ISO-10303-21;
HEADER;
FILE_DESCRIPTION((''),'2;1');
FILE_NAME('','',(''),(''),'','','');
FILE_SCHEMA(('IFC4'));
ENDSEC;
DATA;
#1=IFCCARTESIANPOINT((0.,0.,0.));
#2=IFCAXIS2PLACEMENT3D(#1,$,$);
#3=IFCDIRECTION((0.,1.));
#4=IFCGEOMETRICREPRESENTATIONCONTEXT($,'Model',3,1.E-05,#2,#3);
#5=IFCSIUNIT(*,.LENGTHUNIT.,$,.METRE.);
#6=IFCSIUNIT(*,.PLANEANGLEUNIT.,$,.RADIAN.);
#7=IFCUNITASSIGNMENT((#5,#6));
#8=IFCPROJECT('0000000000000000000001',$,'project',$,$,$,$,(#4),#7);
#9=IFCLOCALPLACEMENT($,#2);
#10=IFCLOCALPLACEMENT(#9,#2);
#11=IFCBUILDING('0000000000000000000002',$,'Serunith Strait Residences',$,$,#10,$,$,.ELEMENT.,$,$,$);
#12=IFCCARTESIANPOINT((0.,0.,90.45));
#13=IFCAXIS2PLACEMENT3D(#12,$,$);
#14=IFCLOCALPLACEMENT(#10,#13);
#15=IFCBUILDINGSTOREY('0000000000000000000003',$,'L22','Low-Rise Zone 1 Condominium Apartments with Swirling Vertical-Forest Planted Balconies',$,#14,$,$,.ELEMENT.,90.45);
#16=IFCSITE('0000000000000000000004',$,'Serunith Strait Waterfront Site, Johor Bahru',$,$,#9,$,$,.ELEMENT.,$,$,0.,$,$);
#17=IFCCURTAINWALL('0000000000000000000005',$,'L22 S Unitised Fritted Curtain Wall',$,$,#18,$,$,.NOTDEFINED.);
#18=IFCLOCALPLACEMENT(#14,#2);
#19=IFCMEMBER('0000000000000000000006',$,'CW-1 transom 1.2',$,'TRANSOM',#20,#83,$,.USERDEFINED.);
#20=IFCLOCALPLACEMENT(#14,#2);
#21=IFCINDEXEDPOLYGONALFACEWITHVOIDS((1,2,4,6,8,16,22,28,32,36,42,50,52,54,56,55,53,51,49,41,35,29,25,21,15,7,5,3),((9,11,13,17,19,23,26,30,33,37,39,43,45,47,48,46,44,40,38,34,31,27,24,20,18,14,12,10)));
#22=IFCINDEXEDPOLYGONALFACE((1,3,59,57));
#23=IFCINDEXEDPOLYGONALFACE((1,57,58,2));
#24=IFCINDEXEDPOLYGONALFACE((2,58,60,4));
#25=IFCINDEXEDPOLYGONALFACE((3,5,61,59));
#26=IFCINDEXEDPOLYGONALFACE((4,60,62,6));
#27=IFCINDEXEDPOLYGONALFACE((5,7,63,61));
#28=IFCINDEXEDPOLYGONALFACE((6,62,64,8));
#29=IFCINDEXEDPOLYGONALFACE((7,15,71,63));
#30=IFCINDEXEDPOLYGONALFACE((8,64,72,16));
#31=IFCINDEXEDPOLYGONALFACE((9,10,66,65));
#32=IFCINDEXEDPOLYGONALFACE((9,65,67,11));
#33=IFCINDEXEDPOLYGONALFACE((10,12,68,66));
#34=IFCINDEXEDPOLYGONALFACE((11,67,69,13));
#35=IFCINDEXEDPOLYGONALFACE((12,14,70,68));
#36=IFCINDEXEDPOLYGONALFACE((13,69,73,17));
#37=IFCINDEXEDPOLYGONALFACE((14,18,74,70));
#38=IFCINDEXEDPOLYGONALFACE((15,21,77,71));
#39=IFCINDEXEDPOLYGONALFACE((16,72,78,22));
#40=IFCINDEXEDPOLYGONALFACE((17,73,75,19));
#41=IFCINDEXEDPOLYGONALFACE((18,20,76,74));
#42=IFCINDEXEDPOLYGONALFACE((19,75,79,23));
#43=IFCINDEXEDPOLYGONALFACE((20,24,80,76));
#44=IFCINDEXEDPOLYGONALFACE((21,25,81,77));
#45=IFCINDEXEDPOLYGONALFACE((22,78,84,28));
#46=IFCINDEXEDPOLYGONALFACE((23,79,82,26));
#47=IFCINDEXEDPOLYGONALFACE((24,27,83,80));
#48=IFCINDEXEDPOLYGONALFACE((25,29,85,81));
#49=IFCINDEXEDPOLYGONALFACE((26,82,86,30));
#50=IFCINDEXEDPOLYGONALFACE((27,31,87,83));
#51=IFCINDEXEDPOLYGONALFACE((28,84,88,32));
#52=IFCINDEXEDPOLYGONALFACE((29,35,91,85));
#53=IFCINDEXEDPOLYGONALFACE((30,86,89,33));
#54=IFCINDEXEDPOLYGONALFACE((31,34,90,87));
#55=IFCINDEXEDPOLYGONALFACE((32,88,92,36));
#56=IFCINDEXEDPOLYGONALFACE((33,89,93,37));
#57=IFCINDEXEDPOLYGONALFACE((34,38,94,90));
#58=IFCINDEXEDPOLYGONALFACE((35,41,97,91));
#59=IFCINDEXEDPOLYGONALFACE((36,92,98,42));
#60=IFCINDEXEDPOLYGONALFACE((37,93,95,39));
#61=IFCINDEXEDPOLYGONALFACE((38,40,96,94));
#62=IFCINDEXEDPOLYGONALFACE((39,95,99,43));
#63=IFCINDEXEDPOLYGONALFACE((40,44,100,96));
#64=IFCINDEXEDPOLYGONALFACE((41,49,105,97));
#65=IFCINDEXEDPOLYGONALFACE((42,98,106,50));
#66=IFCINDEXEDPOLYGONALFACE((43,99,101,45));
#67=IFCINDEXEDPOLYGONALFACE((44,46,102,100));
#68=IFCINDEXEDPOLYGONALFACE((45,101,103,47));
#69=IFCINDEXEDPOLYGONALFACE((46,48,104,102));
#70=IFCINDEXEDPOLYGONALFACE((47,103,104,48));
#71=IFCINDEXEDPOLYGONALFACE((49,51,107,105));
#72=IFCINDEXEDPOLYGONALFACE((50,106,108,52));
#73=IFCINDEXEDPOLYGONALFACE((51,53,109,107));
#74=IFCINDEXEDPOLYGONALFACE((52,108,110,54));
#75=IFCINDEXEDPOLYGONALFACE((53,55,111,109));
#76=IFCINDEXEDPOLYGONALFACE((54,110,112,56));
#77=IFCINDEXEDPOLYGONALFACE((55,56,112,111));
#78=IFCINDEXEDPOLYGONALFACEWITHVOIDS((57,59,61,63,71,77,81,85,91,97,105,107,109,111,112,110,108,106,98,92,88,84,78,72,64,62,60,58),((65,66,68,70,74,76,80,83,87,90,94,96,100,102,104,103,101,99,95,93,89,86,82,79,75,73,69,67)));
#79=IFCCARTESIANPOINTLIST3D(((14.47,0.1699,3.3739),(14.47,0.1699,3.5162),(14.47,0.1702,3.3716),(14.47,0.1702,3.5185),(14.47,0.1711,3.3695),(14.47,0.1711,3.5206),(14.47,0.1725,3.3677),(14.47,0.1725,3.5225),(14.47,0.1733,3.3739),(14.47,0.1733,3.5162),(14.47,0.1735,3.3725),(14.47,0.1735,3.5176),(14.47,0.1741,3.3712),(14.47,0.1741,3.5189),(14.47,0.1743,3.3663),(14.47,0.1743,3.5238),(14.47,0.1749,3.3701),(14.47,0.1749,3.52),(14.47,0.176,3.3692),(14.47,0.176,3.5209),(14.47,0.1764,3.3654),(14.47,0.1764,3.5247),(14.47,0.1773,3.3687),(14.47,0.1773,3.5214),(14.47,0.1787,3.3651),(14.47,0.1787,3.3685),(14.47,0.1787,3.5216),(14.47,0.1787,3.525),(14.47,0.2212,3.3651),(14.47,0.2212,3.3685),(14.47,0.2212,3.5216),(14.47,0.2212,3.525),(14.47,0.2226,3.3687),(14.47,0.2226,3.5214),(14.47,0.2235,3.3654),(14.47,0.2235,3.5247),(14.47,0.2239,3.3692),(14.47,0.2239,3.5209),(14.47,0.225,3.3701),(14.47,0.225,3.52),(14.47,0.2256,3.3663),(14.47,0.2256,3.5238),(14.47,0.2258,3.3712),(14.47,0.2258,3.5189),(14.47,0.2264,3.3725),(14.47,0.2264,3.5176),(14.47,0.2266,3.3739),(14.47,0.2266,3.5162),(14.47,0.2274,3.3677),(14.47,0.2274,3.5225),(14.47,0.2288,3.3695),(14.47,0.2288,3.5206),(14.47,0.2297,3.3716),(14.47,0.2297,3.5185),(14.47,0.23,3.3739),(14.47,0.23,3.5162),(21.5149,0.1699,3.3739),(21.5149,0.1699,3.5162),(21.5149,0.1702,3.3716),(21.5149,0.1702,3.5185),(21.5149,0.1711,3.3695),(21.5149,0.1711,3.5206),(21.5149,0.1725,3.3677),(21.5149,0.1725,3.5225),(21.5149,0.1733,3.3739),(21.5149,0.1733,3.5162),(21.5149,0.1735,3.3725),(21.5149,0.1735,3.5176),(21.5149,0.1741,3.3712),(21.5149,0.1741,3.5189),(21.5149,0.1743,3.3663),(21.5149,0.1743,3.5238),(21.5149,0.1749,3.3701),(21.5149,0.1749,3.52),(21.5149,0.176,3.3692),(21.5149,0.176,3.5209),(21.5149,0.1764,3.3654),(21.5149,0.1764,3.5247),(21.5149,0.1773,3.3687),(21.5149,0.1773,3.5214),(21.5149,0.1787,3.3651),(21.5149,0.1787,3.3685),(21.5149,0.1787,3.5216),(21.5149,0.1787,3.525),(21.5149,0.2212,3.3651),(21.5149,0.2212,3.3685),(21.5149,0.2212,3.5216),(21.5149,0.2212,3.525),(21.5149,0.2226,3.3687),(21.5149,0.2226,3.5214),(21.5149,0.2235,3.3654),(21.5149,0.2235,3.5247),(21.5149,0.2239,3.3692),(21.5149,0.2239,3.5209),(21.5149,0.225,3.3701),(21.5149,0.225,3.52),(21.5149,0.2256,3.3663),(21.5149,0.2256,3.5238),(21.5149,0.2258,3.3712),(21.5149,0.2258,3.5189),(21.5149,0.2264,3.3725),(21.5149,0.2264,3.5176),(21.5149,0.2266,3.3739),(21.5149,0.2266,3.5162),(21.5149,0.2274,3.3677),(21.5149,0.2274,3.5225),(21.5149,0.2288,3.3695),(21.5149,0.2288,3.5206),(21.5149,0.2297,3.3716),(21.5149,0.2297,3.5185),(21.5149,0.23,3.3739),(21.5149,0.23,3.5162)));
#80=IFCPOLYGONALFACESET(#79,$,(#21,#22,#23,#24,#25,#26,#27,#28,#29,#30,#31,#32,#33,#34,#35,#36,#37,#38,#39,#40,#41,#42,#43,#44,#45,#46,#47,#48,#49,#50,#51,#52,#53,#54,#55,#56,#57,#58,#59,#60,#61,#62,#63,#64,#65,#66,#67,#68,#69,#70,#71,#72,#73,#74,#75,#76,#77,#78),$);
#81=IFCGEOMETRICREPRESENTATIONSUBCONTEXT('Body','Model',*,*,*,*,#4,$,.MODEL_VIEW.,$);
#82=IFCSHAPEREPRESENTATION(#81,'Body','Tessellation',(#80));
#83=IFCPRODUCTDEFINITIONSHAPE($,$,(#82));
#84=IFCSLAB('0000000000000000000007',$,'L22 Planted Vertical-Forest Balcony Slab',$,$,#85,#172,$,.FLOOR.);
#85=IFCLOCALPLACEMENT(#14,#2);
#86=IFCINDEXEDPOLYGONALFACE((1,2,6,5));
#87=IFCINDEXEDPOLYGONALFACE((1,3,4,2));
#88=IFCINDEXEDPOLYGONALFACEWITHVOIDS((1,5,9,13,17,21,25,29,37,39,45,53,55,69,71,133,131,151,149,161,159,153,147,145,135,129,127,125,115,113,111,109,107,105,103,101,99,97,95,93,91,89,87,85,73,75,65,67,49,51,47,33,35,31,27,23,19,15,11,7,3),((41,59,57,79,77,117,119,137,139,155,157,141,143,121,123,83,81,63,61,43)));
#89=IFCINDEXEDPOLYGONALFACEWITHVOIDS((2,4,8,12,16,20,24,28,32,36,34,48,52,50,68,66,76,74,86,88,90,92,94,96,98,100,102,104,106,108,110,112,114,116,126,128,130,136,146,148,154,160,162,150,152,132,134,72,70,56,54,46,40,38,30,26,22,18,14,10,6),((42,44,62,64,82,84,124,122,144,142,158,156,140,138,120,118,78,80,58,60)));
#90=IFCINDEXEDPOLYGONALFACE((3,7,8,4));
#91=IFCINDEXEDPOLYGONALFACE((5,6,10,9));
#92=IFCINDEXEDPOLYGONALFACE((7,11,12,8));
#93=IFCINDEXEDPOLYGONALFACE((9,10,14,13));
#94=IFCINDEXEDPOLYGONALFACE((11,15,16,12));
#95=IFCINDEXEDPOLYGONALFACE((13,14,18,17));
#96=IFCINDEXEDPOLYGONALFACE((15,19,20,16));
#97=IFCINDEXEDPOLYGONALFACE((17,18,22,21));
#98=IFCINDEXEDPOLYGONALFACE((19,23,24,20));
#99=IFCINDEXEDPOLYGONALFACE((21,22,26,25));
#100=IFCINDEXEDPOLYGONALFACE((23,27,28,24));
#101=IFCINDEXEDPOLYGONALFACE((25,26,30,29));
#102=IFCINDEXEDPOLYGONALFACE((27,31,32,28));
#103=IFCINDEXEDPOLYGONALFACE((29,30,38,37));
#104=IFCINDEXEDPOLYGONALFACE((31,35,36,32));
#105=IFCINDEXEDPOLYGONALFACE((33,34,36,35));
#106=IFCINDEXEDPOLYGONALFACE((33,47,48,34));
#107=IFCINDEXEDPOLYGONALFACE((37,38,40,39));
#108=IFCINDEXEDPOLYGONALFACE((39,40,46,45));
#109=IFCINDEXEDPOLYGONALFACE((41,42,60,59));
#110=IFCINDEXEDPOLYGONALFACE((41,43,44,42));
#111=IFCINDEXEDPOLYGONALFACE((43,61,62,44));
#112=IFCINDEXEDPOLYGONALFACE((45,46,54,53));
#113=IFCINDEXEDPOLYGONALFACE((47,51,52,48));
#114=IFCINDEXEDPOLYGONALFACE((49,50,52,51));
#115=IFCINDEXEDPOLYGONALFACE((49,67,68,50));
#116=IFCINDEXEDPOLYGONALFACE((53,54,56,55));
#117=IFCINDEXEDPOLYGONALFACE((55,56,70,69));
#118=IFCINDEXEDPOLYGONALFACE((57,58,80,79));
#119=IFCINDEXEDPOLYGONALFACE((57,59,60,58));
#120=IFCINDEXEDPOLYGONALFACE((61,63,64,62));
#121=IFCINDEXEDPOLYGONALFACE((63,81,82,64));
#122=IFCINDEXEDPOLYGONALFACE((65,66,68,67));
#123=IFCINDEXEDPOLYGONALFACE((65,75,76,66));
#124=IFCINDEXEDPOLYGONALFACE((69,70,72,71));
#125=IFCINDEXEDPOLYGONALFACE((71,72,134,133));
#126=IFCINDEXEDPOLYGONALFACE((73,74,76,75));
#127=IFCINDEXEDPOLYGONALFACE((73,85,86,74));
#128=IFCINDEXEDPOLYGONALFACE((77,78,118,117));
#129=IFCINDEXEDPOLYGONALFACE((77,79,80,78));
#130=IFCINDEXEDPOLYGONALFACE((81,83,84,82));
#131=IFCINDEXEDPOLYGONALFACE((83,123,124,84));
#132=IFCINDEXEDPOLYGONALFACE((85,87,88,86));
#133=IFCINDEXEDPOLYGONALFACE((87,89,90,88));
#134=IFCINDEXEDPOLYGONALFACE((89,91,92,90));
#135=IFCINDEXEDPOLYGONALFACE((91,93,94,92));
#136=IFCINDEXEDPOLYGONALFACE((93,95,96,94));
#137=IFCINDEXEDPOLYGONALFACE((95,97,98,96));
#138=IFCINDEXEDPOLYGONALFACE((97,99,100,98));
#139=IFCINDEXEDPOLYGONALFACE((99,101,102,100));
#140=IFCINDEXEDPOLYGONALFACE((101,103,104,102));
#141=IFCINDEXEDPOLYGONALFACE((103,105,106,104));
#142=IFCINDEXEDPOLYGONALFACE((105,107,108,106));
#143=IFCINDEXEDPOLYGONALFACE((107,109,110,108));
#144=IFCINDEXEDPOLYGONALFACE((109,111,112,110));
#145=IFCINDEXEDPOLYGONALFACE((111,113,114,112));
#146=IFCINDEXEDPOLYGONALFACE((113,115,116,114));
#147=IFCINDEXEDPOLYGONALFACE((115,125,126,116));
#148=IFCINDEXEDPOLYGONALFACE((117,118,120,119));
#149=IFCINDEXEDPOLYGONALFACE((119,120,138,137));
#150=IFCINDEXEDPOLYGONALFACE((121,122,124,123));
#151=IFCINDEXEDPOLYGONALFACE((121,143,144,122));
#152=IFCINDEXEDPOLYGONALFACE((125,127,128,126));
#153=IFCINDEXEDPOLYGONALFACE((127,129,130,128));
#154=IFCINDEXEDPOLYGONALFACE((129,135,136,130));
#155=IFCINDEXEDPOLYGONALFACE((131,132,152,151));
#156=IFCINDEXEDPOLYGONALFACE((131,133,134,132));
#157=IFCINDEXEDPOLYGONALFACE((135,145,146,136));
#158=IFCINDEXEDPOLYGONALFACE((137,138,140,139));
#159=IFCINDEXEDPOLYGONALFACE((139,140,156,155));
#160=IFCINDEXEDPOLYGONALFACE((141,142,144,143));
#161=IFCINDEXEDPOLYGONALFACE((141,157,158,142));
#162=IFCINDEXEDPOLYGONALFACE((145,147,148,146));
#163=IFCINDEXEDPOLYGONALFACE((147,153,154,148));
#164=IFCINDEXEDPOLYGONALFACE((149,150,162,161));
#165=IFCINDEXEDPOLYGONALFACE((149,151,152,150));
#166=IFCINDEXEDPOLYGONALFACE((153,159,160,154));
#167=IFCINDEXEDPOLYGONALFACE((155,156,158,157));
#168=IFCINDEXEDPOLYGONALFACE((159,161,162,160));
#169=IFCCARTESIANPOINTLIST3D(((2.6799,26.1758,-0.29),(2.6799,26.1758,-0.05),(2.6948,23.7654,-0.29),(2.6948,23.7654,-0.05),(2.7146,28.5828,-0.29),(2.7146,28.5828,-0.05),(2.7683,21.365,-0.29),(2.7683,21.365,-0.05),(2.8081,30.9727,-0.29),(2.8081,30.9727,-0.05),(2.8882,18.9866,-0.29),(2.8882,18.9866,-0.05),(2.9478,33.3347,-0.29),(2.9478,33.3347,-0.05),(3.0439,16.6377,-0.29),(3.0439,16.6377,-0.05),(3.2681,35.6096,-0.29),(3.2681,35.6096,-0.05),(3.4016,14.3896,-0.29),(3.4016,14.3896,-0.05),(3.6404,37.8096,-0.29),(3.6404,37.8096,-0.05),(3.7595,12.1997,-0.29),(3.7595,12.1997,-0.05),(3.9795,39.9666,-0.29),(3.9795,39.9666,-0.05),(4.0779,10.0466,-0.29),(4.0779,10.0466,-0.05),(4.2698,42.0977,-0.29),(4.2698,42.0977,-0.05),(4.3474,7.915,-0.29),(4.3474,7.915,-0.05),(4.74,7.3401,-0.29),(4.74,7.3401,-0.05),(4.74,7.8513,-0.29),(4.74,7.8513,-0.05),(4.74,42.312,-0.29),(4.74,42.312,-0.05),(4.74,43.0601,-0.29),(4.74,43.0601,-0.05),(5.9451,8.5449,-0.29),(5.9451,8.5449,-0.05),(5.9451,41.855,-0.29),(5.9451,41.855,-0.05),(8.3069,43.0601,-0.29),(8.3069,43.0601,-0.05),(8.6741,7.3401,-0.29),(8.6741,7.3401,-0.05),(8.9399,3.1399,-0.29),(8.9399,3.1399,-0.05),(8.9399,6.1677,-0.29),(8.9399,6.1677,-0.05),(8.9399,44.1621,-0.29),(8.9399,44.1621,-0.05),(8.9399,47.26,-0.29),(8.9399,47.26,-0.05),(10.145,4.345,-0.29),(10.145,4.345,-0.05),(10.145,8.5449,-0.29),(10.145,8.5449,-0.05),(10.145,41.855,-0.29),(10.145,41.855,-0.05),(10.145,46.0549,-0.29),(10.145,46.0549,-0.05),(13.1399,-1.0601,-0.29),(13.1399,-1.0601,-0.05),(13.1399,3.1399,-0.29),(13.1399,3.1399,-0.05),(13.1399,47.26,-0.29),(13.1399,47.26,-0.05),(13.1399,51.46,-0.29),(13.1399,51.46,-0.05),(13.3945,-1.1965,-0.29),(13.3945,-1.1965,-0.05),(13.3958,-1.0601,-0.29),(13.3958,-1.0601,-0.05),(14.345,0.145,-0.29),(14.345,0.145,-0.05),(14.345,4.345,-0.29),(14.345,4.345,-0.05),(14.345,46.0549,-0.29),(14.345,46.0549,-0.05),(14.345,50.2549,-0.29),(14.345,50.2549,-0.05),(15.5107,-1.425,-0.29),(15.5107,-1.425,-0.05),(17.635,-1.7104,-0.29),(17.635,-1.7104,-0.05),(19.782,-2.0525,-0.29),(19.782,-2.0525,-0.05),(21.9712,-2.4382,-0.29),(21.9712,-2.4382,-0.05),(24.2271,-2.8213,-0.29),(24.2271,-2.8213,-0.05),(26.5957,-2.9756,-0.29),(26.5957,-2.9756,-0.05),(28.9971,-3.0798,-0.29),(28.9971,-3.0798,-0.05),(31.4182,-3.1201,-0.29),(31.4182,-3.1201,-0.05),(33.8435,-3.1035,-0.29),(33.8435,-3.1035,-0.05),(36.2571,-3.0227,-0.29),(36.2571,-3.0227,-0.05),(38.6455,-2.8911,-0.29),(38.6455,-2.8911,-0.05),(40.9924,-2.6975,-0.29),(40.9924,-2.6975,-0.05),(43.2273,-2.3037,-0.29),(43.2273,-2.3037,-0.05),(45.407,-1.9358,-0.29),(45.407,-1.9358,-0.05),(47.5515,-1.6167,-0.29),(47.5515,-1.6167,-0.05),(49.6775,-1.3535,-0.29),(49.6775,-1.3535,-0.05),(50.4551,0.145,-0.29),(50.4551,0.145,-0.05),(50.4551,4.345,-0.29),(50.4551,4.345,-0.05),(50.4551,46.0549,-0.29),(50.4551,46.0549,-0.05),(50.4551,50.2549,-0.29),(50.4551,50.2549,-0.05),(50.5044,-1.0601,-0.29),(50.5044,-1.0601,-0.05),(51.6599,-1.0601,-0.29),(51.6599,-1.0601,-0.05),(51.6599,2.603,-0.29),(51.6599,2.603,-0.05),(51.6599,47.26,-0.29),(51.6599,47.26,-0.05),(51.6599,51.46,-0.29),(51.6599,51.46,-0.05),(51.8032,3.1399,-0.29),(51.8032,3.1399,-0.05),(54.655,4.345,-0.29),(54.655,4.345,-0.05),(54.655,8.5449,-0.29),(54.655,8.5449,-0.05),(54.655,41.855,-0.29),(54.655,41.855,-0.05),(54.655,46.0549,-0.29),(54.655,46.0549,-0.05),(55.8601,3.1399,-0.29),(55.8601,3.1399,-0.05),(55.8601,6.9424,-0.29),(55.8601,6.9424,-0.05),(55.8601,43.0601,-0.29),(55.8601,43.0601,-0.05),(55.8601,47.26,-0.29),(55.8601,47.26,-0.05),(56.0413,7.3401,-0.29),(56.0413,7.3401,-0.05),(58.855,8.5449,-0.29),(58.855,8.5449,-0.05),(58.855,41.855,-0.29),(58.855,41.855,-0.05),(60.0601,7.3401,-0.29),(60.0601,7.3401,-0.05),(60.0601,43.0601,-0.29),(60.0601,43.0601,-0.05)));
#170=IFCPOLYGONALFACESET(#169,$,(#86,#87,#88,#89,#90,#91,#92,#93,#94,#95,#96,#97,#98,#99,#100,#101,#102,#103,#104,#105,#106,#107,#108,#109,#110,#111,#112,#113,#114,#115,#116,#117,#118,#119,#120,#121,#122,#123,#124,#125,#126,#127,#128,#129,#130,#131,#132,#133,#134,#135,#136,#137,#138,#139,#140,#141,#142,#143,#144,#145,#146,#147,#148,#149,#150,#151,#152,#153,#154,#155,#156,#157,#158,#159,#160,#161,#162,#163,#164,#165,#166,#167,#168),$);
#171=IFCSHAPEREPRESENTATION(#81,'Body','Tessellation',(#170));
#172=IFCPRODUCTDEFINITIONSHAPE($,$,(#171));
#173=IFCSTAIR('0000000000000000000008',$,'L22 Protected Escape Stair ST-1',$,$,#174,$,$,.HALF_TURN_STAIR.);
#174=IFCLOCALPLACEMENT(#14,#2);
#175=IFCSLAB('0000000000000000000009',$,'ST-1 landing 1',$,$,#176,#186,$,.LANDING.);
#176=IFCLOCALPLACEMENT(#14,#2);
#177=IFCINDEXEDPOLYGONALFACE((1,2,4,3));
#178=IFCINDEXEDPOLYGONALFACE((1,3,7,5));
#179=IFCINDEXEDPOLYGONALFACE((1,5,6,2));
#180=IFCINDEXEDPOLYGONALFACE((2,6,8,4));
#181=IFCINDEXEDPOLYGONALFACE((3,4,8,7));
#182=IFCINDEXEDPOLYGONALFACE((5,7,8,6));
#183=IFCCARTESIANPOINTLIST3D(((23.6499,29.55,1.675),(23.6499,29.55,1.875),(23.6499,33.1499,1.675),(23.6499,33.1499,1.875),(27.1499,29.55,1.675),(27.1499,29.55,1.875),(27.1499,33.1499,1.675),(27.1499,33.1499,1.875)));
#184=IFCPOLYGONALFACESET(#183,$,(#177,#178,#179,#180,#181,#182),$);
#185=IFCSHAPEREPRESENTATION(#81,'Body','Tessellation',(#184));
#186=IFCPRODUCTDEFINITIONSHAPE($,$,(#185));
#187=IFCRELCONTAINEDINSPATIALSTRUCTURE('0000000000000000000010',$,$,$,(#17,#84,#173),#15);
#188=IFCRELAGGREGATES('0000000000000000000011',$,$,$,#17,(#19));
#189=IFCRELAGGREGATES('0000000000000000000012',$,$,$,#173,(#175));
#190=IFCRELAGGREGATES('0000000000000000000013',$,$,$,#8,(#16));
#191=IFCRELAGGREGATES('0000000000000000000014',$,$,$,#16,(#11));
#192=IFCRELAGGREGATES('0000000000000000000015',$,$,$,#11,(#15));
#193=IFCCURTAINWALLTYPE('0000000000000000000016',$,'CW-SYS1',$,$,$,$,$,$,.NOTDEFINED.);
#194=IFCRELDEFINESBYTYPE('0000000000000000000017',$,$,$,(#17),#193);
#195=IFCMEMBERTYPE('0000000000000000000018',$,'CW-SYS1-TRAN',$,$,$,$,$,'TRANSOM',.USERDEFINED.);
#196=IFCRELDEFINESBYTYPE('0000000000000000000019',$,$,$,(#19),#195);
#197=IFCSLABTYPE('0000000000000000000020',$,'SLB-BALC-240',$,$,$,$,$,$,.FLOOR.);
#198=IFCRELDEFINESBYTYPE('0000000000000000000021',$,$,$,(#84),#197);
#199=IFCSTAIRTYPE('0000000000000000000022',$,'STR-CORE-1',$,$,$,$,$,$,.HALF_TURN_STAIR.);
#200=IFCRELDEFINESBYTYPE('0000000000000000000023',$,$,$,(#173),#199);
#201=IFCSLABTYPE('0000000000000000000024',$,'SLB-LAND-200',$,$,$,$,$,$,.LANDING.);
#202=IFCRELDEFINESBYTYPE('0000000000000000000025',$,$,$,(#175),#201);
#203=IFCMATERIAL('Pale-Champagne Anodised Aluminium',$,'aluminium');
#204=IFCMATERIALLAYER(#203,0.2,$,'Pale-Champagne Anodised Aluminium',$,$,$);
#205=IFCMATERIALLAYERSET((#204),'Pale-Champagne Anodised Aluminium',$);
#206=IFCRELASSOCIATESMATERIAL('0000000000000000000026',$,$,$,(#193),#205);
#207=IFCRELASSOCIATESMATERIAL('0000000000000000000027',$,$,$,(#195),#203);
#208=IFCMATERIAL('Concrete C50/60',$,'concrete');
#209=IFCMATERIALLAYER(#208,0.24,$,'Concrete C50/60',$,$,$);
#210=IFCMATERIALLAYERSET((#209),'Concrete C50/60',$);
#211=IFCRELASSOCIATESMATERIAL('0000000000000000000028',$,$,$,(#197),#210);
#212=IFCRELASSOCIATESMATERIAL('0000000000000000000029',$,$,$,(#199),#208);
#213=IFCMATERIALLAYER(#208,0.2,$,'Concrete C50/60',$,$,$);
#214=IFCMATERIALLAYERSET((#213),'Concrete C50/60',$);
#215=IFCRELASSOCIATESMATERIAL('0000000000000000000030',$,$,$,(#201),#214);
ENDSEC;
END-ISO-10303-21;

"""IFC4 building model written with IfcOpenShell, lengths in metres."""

from ifc_helpers import new_model, si_unit, direction, frame, origin, origin_2d, place, context, subcontext, project, spatial, polyline, hollow_rectangle, outline, extrude, source, transform, mapped, material, layer, layer_set, material_profile, profile_set, type_object, element, aggregate, save


model = new_model("IFC4")

# Units and contexts
model_context = context("Model", 3, precision=1e-05, world=origin(), true_north=direction((0.0, 1.0)))
body_context = subcontext(model_context, "Body", "Model", "MODEL_VIEW")
ifc_project = project(units=[si_unit("LENGTHUNIT", "METRE"), si_unit("PLANEANGLEUNIT", "RADIAN")], contexts=[model_context])

# Site, building, storey
site_placement = place(None, origin())
site = spatial("IfcSite", under=ifc_project, at=site_placement, Name="Serunith Strait Waterfront Site, Johor Bahru", CompositionType="ELEMENT", RefElevation=0.0)
building_placement = place(site_placement, origin())
building = spatial("IfcBuilding", under=site, at=building_placement, Name="Serunith Strait Residences", CompositionType="ELEMENT")
storey_placement = place(building_placement, frame((0.0, 0.0, 90.45)))
storey = spatial("IfcBuildingStorey", under=building, at=storey_placement, Name="L22", Description="Low-Rise Zone 1 Condominium Apartments with Swirling Vertical-Forest Planted Balconies", CompositionType="ELEMENT", Elevation=90.45)

# Curtain wall
ifc_material_1 = material(Name="Pale-Champagne Anodised Aluminium", Category="aluminium")
ifc_layer_1 = layer(ifc_material_1, 0.2, Name="Pale-Champagne Anodised Aluminium")
ifc_layer_set_1 = layer_set([ifc_layer_1], Name="Pale-Champagne Anodised Aluminium")
curtain_wall_type = type_object("IfcCurtainWallType", Name="CW-SYS1", PredefinedType="NOTDEFINED", material=ifc_layer_set_1)
curtain_wall_1_placement = place(storey_placement, origin())
curtain_wall_1 = element("IfcCurtainWall", 1, at=curtain_wall_1_placement, inside=storey, type_object=curtain_wall_type, Name="L22 S Unitised Fritted Curtain Wall", PredefinedType="NOTDEFINED")

# Member
ifc_material_profile_1 = material_profile(ifc_material_1, hollow_rectangle(XDim=0.0601, YDim=0.1599, WallThickness=0.0034, InnerFilletRadius=0.0054, OuterFilletRadius=0.0088, at=origin_2d()), Name="ALU 160x60x3.5")
ifc_profile_set_1 = profile_set([ifc_material_profile_1], Name="Pale-Champagne Anodised Aluminium")
member_type_1 = type_object("IfcMemberType", Name="CW-SYS1-TRAN", ElementType="TRANSOM", PredefinedType="USERDEFINED", material=ifc_profile_set_1)
shared_shape_1 = source(origin(), body_context, "Body", "SweptSolid", [
    extrude(hollow_rectangle(XDim=0.0601, YDim=0.1599, WallThickness=0.0034, InnerFilletRadius=0.0054, OuterFilletRadius=0.0088, at=origin_2d()), origin(), (0.0, 0.0, 1.0), 7.0449),
])
member_1_placement = place(storey_placement, frame((14.47, 0.2, 3.4451), z_axis=(1.0, 0.0, 0.0), x_axis=(0.0, 1.0, 0.0)))
member_1 = element("IfcMember", 2, at=member_1_placement, type_object=member_type_1, Name="CW-1 transom 1.2", ObjectType="TRANSOM", PredefinedType="USERDEFINED", context=body_context, shape_type="MappedRepresentation", body=[
    mapped(shared_shape_1, transform((0.0, 0.0, 0.0), scale=1.0)),
])
aggregate(curtain_wall_1, [member_1])

# Slab
ifc_material_2 = material(Name="Concrete C50/60", Category="concrete")
ifc_layer_2 = layer(ifc_material_2, 0.24, Name="Concrete C50/60")
ifc_layer_set_2 = layer_set([ifc_layer_2], Name="Concrete C50/60")
slab_type_1 = type_object("IfcSlabType", Name="SLB-BALC-240", PredefinedType="FLOOR", material=ifc_layer_set_2)
slab_1_placement = place(storey_placement, frame((0.0, 0.0, -0.29)))
element("IfcSlab", 3, at=slab_1_placement, inside=storey, type_object=slab_type_1, Name="L22 Planted Vertical-Forest Balcony Slab", PredefinedType="FLOOR", context=body_context, shape_type="SweptSolid", body=[
    extrude(outline(polyline([(13.1399, 3.1399), (8.9399, 3.1399), (8.9399, 6.1677), (8.6741, 7.3401), (4.74, 7.3401), (4.74, 7.8513), (4.3474, 7.915), (4.0779, 10.0466), (3.7595, 12.1997), (3.4016, 14.3896), (3.0439, 16.6377), (2.8882, 18.9866), (2.7683, 21.365), (2.6948, 23.7654), (2.6799, 26.1758), (2.7146, 28.5828), (2.8081, 30.9727), (2.9478, 33.3347), (3.2681, 35.6096), (3.6404, 37.8096), (3.9795, 39.9666), (4.2698, 42.0977), (4.74, 42.312), (4.74, 43.0601), (8.3069, 43.0601), (8.9399, 44.1621), (8.9399, 47.26), (13.1399, 47.26), (13.1399, 51.46), (51.6599, 51.46), (51.6599, 47.26), (55.8601, 47.26), (55.8601, 43.0601), (60.0601, 43.0601), (60.0601, 7.3401), (56.0413, 7.3401), (55.8601, 6.9424), (55.8601, 3.1399), (51.8032, 3.1399), (51.6599, 2.603), (51.6599, -1.0601), (50.5044, -1.0601), (49.6775, -1.3535), (47.5515, -1.6167), (45.407, -1.9358), (43.2273, -2.3037), (40.9924, -2.6975), (38.6455, -2.8911), (36.2571, -3.0227), (33.8435, -3.1035), (31.4182, -3.1201), (31.4182, -3.1201), (28.9971, -3.0798), (26.5957, -2.9756), (24.2271, -2.8213), (21.9712, -2.4382), (19.782, -2.0525), (17.635, -1.7104), (15.5107, -1.425), (13.3945, -1.1965), (13.3958, -1.0601), (13.1399, -1.0601), (13.1399, 3.1399)]), holes=[polyline([(50.4551, 0.145), (50.4551, 4.345), (54.655, 4.345), (54.655, 8.5449), (58.855, 8.5449), (58.855, 41.855), (54.655, 41.855), (54.655, 46.0549), (50.4551, 46.0549), (50.4551, 50.2549), (14.345, 50.2549), (14.345, 46.0549), (10.145, 46.0549), (10.145, 41.855), (5.9451, 41.855), (5.9451, 8.5449), (10.145, 8.5449), (10.145, 4.345), (14.345, 4.345), (14.345, 0.145), (50.4551, 0.145)])]), origin(), (0.0, 0.0, 1.0), 0.24),
])

# Stair, slab
stair_type_1 = type_object("IfcStairType", Name="STR-CORE-1", PredefinedType="HALF_TURN_STAIR", material=ifc_material_2)
stair_1_placement = place(storey_placement, origin())
stair_1 = element("IfcStair", 4, at=stair_1_placement, inside=storey, type_object=stair_type_1, Name="L22 Protected Escape Stair ST-1", PredefinedType="HALF_TURN_STAIR")
ifc_layer_3 = layer(ifc_material_2, 0.2, Name="Concrete C50/60")
ifc_layer_set_3 = layer_set([ifc_layer_3], Name="Concrete C50/60")
slab_type_2 = type_object("IfcSlabType", Name="SLB-LAND-200", PredefinedType="LANDING", material=ifc_layer_set_3)
slab_2_placement = place(storey_placement, frame((0.0, 0.0, 1.675)))
slab_2 = element("IfcSlab", 5, at=slab_2_placement, type_object=slab_type_2, Name="ST-1 landing 1", PredefinedType="LANDING", context=body_context, shape_type="SweptSolid", body=[
    extrude(outline(polyline([(27.1499, 29.55), (27.1499, 33.1499), (23.6499, 33.1499), (23.6499, 29.55), (27.1499, 29.55)])), origin(), (0.0, 0.0, 1.0), 0.2),
])
aggregate(stair_1, [slab_2])

save(model, "model.ifc")
